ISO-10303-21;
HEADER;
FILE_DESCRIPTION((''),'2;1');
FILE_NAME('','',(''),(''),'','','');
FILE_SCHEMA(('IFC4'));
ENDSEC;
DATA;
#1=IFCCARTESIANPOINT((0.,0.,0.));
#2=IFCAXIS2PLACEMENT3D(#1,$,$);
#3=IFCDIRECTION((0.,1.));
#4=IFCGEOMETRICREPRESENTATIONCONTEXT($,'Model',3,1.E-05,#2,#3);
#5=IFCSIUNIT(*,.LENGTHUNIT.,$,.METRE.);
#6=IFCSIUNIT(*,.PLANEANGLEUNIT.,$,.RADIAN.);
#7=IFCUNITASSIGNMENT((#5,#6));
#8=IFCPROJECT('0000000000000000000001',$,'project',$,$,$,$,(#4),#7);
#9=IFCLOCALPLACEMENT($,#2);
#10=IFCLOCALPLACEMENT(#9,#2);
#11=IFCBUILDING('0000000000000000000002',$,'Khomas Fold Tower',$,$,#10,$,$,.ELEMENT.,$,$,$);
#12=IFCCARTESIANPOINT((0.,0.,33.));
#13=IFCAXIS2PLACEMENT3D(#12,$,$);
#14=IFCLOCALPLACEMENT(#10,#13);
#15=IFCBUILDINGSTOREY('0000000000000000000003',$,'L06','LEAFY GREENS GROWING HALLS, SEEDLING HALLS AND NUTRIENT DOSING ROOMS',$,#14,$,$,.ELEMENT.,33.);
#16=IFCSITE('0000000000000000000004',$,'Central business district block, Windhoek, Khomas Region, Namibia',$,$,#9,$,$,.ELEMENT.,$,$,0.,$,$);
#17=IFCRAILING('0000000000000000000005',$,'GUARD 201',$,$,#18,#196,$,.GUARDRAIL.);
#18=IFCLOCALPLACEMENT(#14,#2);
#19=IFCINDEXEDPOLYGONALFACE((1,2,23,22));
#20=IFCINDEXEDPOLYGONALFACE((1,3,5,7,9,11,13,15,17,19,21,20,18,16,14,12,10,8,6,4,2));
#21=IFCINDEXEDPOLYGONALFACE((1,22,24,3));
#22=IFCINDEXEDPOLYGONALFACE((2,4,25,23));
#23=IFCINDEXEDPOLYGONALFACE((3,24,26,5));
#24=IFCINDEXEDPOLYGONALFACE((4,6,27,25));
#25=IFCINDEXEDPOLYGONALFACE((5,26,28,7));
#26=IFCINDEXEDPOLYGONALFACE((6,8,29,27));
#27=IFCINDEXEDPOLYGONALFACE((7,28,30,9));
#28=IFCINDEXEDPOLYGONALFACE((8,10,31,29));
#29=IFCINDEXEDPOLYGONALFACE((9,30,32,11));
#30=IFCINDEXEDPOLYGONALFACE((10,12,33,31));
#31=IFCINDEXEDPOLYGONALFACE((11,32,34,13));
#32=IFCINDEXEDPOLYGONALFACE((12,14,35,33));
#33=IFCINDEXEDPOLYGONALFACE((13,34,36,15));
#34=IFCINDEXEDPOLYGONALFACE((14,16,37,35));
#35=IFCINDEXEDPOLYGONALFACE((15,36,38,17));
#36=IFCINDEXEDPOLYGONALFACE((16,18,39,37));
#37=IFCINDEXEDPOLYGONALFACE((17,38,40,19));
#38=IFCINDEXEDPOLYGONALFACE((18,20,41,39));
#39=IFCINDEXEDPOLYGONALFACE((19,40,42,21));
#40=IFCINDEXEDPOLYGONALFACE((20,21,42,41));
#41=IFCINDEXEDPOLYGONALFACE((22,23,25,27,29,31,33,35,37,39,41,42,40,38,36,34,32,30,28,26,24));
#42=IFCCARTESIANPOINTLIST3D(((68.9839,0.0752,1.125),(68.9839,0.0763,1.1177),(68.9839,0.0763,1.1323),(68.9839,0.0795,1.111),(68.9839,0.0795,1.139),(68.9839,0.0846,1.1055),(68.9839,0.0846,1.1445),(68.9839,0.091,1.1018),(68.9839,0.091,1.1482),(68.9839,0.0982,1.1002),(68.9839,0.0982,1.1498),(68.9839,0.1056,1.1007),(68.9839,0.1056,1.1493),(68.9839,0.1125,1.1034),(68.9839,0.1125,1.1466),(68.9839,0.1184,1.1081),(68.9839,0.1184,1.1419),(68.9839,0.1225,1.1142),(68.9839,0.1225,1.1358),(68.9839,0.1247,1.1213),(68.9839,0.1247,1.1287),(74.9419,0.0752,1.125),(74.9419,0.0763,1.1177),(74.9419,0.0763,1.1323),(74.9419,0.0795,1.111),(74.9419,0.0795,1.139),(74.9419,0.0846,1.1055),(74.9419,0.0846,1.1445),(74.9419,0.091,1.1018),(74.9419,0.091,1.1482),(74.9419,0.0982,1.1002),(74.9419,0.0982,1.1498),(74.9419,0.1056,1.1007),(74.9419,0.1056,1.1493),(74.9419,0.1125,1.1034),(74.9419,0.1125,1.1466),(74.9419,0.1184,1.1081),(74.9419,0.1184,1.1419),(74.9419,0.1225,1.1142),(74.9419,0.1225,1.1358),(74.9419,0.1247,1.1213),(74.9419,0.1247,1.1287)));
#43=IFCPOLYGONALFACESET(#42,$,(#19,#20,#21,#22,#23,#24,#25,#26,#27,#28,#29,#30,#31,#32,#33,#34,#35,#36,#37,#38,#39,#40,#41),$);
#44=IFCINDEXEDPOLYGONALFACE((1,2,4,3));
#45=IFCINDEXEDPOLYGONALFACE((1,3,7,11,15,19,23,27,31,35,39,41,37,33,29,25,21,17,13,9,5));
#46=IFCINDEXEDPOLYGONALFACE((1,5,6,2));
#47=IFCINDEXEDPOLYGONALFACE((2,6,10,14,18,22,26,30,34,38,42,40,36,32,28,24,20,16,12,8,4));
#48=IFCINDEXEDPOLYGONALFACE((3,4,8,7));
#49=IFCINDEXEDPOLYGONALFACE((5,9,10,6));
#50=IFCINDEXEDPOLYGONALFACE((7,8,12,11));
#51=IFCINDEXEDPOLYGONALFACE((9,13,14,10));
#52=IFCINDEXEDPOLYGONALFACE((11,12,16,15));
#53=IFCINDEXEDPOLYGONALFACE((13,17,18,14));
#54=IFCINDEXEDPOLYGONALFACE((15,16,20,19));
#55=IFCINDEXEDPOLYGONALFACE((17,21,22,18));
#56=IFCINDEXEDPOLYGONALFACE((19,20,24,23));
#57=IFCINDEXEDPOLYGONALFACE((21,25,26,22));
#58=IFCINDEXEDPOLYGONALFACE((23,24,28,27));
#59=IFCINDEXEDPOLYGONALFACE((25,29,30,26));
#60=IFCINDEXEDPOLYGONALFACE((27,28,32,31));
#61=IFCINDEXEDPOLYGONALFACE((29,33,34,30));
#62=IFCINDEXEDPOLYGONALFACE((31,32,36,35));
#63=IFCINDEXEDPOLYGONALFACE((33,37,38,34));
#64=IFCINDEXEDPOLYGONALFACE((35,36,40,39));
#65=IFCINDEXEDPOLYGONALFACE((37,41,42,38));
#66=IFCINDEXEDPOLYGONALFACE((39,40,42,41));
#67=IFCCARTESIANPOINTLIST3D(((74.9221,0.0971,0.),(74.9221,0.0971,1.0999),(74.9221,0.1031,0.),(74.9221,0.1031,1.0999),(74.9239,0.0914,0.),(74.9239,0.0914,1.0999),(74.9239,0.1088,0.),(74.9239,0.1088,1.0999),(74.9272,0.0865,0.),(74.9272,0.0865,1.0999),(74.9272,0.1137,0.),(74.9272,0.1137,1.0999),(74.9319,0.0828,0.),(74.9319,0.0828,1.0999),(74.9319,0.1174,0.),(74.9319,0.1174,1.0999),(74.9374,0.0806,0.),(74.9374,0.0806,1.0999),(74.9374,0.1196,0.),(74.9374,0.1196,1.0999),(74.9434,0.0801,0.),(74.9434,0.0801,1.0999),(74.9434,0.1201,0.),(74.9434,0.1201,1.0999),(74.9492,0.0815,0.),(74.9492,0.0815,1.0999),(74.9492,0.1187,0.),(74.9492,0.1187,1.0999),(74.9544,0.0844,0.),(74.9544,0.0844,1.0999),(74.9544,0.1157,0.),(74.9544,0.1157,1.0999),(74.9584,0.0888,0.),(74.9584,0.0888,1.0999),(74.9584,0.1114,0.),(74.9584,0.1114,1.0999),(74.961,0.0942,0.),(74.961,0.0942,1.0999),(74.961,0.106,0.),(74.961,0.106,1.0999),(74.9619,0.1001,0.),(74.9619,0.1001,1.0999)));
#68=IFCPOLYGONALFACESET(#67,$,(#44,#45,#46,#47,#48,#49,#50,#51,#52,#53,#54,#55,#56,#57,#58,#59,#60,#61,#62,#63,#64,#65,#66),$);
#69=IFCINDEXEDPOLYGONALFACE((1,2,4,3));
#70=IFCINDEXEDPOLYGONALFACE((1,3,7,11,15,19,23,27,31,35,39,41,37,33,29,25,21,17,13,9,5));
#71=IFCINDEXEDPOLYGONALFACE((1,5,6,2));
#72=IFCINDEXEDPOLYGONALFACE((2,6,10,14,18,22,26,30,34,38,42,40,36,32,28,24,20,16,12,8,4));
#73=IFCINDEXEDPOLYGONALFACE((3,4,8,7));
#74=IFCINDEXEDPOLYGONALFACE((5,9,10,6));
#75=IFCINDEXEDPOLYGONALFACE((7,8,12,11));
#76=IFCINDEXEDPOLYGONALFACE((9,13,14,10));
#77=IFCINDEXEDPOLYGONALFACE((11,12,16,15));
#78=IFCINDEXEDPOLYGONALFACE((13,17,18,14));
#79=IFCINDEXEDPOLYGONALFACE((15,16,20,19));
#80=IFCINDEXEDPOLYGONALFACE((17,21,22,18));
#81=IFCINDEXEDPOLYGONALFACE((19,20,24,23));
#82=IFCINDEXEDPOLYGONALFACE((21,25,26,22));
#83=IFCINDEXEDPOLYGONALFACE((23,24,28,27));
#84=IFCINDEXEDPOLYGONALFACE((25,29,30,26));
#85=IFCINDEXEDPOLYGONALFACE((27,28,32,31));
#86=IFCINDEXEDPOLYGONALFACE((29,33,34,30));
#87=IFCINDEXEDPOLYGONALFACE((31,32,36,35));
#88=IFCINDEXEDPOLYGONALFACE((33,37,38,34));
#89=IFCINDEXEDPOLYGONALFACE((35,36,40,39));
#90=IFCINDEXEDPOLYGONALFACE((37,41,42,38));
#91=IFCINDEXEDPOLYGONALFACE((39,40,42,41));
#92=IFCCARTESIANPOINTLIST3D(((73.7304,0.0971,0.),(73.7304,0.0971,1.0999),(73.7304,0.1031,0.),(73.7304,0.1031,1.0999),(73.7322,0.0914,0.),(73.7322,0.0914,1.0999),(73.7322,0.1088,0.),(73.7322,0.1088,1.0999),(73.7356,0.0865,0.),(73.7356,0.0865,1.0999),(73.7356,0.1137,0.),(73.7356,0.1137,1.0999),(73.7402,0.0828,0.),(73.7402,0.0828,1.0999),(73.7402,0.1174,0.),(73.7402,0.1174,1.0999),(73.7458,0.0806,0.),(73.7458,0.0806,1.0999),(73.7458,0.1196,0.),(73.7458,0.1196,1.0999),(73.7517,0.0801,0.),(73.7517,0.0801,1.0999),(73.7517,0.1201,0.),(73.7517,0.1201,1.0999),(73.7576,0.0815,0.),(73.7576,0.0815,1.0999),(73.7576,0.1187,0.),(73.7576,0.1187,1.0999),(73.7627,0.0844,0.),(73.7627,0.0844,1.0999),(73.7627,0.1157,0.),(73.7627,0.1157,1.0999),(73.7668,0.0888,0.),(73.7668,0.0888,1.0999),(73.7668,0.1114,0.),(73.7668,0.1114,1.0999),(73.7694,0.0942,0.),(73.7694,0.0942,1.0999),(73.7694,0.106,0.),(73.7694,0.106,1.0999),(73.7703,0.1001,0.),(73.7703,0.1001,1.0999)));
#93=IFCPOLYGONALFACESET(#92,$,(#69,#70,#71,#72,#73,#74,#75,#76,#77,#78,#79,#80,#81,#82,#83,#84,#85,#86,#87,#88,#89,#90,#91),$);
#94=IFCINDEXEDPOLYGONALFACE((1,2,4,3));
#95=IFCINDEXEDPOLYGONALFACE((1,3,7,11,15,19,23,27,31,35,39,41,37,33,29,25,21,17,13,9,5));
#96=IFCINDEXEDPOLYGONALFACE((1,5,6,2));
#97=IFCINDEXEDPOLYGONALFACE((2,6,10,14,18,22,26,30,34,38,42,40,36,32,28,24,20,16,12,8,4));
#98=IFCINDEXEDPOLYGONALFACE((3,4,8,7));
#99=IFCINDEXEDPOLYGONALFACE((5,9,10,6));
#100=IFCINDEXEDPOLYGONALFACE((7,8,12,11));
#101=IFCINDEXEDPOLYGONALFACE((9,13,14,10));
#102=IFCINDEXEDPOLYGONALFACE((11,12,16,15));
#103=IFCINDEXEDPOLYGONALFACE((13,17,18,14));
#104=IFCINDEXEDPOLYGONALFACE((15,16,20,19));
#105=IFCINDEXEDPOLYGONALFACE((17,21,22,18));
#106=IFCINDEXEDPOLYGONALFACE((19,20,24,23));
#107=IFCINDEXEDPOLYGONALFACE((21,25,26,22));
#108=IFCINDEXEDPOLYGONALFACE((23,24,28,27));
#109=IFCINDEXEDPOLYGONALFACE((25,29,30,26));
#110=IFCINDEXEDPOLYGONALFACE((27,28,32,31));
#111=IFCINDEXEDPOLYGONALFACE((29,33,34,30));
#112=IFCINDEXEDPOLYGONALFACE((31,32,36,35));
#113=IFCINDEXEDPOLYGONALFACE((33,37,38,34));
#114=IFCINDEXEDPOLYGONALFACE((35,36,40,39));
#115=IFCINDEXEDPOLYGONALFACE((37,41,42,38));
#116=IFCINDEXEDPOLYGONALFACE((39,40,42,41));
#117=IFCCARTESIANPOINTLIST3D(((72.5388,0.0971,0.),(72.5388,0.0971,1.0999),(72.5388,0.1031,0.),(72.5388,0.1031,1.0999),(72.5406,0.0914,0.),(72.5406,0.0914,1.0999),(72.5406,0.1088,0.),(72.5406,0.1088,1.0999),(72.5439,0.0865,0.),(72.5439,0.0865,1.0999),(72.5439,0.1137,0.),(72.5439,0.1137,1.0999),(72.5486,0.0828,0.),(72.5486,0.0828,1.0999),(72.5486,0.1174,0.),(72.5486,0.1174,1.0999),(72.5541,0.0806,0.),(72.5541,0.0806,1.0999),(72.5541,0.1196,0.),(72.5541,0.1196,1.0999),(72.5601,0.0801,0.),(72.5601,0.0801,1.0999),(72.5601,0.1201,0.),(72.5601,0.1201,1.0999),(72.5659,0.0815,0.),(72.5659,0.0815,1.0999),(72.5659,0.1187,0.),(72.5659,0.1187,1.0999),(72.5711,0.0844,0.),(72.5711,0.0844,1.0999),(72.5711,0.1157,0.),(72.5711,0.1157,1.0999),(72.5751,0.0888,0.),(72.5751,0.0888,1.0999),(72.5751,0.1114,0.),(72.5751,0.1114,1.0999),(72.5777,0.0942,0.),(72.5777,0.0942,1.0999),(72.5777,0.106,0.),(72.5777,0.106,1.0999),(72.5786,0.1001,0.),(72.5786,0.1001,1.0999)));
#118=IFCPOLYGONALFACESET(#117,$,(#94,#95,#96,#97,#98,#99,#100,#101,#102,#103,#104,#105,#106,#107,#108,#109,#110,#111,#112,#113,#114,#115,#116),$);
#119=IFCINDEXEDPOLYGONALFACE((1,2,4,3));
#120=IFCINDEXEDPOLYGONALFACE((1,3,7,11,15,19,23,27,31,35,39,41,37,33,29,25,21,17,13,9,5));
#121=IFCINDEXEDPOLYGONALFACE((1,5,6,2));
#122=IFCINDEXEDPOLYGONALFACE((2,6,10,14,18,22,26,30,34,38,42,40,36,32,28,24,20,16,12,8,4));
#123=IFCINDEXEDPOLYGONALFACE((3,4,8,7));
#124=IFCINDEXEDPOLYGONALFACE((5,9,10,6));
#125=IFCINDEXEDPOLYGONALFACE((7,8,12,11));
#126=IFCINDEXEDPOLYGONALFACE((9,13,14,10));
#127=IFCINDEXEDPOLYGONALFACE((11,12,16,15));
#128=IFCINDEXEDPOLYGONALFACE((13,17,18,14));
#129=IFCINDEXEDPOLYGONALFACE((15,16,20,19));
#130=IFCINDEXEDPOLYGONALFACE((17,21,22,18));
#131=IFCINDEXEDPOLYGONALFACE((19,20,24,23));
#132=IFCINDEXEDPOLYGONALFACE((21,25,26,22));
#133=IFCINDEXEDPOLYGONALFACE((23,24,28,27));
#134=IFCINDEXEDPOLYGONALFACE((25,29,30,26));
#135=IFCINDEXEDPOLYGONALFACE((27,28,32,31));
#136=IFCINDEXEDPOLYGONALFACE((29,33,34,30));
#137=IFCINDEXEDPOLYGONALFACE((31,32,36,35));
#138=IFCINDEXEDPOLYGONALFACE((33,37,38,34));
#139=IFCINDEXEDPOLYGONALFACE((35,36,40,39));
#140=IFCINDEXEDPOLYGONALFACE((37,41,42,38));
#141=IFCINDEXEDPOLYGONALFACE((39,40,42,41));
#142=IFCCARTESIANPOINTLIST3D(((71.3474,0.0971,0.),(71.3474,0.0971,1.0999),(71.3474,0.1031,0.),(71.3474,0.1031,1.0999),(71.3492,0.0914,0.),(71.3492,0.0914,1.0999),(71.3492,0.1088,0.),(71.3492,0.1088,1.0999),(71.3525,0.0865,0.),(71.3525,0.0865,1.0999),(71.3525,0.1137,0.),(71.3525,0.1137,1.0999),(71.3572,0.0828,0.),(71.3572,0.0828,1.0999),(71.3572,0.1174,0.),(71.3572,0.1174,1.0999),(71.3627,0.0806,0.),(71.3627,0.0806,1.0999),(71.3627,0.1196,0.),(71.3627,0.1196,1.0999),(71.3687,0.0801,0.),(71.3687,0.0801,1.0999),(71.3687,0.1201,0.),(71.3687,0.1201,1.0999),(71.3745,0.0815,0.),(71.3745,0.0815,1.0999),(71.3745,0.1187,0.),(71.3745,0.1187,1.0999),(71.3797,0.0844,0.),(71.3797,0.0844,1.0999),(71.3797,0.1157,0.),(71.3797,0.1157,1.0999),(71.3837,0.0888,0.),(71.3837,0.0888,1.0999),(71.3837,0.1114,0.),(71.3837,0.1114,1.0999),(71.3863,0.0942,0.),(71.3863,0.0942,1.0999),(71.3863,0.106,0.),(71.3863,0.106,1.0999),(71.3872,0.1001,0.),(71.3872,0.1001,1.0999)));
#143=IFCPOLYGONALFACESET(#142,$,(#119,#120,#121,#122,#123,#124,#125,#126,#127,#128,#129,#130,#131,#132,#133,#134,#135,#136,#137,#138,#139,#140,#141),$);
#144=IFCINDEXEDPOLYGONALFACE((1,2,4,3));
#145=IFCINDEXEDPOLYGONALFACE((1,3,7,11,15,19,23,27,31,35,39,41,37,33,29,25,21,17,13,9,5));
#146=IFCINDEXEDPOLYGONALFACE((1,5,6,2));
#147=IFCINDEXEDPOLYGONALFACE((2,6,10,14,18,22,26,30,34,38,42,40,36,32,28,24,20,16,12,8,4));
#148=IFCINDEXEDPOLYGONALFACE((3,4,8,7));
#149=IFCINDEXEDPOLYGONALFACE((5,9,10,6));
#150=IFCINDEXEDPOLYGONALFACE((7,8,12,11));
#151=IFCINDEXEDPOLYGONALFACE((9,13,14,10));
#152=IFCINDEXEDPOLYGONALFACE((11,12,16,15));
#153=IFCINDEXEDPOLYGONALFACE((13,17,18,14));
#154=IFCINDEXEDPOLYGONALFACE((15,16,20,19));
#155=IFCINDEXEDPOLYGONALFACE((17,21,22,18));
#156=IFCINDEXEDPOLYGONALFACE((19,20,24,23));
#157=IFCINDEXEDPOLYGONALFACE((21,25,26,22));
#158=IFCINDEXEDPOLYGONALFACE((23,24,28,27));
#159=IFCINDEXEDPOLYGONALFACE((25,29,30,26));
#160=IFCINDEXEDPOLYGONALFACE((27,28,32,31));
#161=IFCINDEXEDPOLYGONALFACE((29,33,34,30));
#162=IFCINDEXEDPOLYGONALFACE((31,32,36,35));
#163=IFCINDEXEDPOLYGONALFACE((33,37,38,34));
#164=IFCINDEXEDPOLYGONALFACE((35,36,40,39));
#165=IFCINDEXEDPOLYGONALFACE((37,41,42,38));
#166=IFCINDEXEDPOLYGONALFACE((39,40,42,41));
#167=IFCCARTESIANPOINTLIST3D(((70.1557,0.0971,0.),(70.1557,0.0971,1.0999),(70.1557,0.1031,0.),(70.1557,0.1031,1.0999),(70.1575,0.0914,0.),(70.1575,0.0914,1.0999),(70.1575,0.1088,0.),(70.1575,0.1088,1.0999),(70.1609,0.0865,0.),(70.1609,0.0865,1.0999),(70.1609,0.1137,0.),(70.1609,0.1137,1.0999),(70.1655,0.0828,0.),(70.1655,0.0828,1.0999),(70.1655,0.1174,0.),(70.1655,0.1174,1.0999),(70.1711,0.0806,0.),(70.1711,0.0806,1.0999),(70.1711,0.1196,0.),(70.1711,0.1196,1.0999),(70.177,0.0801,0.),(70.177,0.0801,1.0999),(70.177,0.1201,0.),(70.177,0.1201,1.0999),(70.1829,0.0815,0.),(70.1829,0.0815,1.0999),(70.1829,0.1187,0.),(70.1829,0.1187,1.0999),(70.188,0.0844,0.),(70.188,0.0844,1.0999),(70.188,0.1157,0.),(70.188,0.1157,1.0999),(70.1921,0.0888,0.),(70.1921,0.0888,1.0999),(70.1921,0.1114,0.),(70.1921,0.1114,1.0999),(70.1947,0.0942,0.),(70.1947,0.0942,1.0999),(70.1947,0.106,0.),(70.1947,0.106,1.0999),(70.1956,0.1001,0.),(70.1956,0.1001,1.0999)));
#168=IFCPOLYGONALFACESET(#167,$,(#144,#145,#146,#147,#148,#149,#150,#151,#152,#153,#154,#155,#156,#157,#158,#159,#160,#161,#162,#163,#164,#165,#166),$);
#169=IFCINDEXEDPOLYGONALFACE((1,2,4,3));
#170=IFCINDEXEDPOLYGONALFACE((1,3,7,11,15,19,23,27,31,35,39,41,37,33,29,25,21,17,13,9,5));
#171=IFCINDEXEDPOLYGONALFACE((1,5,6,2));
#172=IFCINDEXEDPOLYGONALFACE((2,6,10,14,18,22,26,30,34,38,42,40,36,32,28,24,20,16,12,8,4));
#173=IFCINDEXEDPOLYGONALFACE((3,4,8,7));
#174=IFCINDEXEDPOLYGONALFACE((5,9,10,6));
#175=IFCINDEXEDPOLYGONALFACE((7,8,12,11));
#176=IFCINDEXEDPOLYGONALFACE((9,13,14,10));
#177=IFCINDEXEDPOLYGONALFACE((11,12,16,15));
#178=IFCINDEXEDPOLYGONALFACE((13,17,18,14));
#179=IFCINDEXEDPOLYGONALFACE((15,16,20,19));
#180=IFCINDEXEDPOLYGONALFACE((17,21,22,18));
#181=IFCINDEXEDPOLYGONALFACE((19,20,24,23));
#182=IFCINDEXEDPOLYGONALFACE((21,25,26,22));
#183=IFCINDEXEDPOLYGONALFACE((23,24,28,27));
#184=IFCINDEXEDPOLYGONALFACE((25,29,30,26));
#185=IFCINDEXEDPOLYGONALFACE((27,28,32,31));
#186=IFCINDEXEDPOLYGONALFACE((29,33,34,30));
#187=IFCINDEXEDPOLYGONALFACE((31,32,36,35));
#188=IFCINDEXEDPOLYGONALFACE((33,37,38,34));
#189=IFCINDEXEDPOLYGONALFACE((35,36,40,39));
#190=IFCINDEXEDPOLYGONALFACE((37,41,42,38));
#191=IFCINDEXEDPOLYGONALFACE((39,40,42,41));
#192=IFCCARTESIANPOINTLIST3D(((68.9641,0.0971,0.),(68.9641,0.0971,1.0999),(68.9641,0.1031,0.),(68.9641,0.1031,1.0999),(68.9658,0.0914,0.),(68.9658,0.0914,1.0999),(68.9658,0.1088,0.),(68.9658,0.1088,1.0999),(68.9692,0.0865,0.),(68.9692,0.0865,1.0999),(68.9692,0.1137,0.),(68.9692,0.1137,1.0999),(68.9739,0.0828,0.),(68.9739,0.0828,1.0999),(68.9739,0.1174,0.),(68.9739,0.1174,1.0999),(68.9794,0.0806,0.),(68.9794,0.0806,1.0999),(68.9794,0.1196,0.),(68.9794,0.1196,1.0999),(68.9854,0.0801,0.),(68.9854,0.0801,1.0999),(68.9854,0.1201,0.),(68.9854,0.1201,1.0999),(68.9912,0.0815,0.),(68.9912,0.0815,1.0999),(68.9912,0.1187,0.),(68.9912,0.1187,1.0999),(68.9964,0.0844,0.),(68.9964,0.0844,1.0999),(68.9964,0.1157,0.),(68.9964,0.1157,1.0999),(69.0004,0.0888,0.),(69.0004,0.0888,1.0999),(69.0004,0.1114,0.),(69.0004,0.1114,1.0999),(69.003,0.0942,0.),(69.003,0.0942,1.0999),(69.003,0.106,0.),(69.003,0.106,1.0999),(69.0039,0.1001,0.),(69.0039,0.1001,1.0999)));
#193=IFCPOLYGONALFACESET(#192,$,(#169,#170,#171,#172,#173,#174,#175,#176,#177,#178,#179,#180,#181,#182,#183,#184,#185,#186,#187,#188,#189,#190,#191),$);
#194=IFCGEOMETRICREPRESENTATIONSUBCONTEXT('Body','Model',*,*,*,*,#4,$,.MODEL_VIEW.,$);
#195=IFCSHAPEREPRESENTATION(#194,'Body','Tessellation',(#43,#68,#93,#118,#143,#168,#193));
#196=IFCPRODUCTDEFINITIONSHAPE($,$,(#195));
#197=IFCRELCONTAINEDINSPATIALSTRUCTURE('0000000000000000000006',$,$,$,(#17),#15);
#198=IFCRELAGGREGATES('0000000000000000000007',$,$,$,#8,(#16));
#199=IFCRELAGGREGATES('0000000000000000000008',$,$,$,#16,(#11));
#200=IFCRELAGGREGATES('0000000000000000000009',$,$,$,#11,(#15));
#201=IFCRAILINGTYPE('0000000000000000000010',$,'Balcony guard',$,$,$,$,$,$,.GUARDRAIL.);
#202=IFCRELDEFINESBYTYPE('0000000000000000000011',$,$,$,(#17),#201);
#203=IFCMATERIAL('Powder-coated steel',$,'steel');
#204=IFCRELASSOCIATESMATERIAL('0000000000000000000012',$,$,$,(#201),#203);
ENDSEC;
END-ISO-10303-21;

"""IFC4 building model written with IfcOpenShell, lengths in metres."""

from ifc_helpers import new_model, si_unit, direction, frame, origin, origin_2d, place, context, subcontext, project, spatial, circle, extrude, source, transform, mapped, material, type_object, element, save


model = new_model("IFC4")

# Units and contexts
model_context = context("Model", 3, precision=1e-05, world=origin(), true_north=direction((0.0, 1.0)))
body_context = subcontext(model_context, "Body", "Model", "MODEL_VIEW")
ifc_project = project(units=[si_unit("LENGTHUNIT", "METRE"), si_unit("PLANEANGLEUNIT", "RADIAN")], contexts=[model_context])

# Site, building, storey
site_placement = place(None, origin())
site = spatial("IfcSite", under=ifc_project, at=site_placement, Name="Central business district block, Windhoek, Khomas Region, Namibia", CompositionType="ELEMENT", RefElevation=0.0)
building_placement = place(site_placement, origin())
building = spatial("IfcBuilding", under=site, at=building_placement, Name="Khomas Fold Tower", CompositionType="ELEMENT")
storey_placement = place(building_placement, frame((0.0, 0.0, 33.0)))
storey = spatial("IfcBuildingStorey", under=building, at=storey_placement, Name="L06", Description="LEAFY GREENS GROWING HALLS, SEEDLING HALLS AND NUTRIENT DOSING ROOMS", CompositionType="ELEMENT", Elevation=33.0)

# Railing
ifc_material_1 = material(Name="Powder-coated steel", Category="steel")
railing_type_1 = type_object("IfcRailingType", Name="Balcony guard", PredefinedType="GUARDRAIL", material=ifc_material_1)
shared_shape_1 = source(origin(), body_context, "Body", "SweptSolid", [
    extrude(circle(Radius=0.0249, at=origin_2d()), frame((0.0, 0.0, 1.125), z_axis=(-1.0, 0.0, 0.0), x_axis=(0.0, -1.0, 0.0)), (0.0, 0.0, 1.0), 5.958),
    extrude(circle(Radius=0.02, at=origin_2d()), origin(), (0.0, 0.0, 1.0), 1.0999),
    extrude(circle(Radius=0.02, at=origin_2d()), frame((-1.1917, 0.0, 0.0)), (0.0, 0.0, 1.0), 1.0999),
    extrude(circle(Radius=0.02, at=origin_2d()), frame((-2.3833, 0.0, 0.0)), (0.0, 0.0, 1.0), 1.0999),
    extrude(circle(Radius=0.02, at=origin_2d()), frame((-3.5747, 0.0, 0.0)), (0.0, 0.0, 1.0), 1.0999),
    extrude(circle(Radius=0.02, at=origin_2d()), frame((-4.7664, 0.0, 0.0)), (0.0, 0.0, 1.0), 1.0999),
    extrude(circle(Radius=0.02, at=origin_2d()), frame((-5.958, 0.0, 0.0)), (0.0, 0.0, 1.0), 1.0999),
])
for number, where, name in (
    (1, (74.9419, 0.1001, 0.0), "GUARD 201"),
):
    element("IfcRailing", number, at=place(storey_placement, frame(where)), inside=storey, type_object=railing_type_1, Name=name, PredefinedType="GUARDRAIL", context=body_context, shape_type="MappedRepresentation", body=[
        mapped(shared_shape_1, transform((0.0, 0.0, 0.0))),
    ])

save(model, "model.ifc")
